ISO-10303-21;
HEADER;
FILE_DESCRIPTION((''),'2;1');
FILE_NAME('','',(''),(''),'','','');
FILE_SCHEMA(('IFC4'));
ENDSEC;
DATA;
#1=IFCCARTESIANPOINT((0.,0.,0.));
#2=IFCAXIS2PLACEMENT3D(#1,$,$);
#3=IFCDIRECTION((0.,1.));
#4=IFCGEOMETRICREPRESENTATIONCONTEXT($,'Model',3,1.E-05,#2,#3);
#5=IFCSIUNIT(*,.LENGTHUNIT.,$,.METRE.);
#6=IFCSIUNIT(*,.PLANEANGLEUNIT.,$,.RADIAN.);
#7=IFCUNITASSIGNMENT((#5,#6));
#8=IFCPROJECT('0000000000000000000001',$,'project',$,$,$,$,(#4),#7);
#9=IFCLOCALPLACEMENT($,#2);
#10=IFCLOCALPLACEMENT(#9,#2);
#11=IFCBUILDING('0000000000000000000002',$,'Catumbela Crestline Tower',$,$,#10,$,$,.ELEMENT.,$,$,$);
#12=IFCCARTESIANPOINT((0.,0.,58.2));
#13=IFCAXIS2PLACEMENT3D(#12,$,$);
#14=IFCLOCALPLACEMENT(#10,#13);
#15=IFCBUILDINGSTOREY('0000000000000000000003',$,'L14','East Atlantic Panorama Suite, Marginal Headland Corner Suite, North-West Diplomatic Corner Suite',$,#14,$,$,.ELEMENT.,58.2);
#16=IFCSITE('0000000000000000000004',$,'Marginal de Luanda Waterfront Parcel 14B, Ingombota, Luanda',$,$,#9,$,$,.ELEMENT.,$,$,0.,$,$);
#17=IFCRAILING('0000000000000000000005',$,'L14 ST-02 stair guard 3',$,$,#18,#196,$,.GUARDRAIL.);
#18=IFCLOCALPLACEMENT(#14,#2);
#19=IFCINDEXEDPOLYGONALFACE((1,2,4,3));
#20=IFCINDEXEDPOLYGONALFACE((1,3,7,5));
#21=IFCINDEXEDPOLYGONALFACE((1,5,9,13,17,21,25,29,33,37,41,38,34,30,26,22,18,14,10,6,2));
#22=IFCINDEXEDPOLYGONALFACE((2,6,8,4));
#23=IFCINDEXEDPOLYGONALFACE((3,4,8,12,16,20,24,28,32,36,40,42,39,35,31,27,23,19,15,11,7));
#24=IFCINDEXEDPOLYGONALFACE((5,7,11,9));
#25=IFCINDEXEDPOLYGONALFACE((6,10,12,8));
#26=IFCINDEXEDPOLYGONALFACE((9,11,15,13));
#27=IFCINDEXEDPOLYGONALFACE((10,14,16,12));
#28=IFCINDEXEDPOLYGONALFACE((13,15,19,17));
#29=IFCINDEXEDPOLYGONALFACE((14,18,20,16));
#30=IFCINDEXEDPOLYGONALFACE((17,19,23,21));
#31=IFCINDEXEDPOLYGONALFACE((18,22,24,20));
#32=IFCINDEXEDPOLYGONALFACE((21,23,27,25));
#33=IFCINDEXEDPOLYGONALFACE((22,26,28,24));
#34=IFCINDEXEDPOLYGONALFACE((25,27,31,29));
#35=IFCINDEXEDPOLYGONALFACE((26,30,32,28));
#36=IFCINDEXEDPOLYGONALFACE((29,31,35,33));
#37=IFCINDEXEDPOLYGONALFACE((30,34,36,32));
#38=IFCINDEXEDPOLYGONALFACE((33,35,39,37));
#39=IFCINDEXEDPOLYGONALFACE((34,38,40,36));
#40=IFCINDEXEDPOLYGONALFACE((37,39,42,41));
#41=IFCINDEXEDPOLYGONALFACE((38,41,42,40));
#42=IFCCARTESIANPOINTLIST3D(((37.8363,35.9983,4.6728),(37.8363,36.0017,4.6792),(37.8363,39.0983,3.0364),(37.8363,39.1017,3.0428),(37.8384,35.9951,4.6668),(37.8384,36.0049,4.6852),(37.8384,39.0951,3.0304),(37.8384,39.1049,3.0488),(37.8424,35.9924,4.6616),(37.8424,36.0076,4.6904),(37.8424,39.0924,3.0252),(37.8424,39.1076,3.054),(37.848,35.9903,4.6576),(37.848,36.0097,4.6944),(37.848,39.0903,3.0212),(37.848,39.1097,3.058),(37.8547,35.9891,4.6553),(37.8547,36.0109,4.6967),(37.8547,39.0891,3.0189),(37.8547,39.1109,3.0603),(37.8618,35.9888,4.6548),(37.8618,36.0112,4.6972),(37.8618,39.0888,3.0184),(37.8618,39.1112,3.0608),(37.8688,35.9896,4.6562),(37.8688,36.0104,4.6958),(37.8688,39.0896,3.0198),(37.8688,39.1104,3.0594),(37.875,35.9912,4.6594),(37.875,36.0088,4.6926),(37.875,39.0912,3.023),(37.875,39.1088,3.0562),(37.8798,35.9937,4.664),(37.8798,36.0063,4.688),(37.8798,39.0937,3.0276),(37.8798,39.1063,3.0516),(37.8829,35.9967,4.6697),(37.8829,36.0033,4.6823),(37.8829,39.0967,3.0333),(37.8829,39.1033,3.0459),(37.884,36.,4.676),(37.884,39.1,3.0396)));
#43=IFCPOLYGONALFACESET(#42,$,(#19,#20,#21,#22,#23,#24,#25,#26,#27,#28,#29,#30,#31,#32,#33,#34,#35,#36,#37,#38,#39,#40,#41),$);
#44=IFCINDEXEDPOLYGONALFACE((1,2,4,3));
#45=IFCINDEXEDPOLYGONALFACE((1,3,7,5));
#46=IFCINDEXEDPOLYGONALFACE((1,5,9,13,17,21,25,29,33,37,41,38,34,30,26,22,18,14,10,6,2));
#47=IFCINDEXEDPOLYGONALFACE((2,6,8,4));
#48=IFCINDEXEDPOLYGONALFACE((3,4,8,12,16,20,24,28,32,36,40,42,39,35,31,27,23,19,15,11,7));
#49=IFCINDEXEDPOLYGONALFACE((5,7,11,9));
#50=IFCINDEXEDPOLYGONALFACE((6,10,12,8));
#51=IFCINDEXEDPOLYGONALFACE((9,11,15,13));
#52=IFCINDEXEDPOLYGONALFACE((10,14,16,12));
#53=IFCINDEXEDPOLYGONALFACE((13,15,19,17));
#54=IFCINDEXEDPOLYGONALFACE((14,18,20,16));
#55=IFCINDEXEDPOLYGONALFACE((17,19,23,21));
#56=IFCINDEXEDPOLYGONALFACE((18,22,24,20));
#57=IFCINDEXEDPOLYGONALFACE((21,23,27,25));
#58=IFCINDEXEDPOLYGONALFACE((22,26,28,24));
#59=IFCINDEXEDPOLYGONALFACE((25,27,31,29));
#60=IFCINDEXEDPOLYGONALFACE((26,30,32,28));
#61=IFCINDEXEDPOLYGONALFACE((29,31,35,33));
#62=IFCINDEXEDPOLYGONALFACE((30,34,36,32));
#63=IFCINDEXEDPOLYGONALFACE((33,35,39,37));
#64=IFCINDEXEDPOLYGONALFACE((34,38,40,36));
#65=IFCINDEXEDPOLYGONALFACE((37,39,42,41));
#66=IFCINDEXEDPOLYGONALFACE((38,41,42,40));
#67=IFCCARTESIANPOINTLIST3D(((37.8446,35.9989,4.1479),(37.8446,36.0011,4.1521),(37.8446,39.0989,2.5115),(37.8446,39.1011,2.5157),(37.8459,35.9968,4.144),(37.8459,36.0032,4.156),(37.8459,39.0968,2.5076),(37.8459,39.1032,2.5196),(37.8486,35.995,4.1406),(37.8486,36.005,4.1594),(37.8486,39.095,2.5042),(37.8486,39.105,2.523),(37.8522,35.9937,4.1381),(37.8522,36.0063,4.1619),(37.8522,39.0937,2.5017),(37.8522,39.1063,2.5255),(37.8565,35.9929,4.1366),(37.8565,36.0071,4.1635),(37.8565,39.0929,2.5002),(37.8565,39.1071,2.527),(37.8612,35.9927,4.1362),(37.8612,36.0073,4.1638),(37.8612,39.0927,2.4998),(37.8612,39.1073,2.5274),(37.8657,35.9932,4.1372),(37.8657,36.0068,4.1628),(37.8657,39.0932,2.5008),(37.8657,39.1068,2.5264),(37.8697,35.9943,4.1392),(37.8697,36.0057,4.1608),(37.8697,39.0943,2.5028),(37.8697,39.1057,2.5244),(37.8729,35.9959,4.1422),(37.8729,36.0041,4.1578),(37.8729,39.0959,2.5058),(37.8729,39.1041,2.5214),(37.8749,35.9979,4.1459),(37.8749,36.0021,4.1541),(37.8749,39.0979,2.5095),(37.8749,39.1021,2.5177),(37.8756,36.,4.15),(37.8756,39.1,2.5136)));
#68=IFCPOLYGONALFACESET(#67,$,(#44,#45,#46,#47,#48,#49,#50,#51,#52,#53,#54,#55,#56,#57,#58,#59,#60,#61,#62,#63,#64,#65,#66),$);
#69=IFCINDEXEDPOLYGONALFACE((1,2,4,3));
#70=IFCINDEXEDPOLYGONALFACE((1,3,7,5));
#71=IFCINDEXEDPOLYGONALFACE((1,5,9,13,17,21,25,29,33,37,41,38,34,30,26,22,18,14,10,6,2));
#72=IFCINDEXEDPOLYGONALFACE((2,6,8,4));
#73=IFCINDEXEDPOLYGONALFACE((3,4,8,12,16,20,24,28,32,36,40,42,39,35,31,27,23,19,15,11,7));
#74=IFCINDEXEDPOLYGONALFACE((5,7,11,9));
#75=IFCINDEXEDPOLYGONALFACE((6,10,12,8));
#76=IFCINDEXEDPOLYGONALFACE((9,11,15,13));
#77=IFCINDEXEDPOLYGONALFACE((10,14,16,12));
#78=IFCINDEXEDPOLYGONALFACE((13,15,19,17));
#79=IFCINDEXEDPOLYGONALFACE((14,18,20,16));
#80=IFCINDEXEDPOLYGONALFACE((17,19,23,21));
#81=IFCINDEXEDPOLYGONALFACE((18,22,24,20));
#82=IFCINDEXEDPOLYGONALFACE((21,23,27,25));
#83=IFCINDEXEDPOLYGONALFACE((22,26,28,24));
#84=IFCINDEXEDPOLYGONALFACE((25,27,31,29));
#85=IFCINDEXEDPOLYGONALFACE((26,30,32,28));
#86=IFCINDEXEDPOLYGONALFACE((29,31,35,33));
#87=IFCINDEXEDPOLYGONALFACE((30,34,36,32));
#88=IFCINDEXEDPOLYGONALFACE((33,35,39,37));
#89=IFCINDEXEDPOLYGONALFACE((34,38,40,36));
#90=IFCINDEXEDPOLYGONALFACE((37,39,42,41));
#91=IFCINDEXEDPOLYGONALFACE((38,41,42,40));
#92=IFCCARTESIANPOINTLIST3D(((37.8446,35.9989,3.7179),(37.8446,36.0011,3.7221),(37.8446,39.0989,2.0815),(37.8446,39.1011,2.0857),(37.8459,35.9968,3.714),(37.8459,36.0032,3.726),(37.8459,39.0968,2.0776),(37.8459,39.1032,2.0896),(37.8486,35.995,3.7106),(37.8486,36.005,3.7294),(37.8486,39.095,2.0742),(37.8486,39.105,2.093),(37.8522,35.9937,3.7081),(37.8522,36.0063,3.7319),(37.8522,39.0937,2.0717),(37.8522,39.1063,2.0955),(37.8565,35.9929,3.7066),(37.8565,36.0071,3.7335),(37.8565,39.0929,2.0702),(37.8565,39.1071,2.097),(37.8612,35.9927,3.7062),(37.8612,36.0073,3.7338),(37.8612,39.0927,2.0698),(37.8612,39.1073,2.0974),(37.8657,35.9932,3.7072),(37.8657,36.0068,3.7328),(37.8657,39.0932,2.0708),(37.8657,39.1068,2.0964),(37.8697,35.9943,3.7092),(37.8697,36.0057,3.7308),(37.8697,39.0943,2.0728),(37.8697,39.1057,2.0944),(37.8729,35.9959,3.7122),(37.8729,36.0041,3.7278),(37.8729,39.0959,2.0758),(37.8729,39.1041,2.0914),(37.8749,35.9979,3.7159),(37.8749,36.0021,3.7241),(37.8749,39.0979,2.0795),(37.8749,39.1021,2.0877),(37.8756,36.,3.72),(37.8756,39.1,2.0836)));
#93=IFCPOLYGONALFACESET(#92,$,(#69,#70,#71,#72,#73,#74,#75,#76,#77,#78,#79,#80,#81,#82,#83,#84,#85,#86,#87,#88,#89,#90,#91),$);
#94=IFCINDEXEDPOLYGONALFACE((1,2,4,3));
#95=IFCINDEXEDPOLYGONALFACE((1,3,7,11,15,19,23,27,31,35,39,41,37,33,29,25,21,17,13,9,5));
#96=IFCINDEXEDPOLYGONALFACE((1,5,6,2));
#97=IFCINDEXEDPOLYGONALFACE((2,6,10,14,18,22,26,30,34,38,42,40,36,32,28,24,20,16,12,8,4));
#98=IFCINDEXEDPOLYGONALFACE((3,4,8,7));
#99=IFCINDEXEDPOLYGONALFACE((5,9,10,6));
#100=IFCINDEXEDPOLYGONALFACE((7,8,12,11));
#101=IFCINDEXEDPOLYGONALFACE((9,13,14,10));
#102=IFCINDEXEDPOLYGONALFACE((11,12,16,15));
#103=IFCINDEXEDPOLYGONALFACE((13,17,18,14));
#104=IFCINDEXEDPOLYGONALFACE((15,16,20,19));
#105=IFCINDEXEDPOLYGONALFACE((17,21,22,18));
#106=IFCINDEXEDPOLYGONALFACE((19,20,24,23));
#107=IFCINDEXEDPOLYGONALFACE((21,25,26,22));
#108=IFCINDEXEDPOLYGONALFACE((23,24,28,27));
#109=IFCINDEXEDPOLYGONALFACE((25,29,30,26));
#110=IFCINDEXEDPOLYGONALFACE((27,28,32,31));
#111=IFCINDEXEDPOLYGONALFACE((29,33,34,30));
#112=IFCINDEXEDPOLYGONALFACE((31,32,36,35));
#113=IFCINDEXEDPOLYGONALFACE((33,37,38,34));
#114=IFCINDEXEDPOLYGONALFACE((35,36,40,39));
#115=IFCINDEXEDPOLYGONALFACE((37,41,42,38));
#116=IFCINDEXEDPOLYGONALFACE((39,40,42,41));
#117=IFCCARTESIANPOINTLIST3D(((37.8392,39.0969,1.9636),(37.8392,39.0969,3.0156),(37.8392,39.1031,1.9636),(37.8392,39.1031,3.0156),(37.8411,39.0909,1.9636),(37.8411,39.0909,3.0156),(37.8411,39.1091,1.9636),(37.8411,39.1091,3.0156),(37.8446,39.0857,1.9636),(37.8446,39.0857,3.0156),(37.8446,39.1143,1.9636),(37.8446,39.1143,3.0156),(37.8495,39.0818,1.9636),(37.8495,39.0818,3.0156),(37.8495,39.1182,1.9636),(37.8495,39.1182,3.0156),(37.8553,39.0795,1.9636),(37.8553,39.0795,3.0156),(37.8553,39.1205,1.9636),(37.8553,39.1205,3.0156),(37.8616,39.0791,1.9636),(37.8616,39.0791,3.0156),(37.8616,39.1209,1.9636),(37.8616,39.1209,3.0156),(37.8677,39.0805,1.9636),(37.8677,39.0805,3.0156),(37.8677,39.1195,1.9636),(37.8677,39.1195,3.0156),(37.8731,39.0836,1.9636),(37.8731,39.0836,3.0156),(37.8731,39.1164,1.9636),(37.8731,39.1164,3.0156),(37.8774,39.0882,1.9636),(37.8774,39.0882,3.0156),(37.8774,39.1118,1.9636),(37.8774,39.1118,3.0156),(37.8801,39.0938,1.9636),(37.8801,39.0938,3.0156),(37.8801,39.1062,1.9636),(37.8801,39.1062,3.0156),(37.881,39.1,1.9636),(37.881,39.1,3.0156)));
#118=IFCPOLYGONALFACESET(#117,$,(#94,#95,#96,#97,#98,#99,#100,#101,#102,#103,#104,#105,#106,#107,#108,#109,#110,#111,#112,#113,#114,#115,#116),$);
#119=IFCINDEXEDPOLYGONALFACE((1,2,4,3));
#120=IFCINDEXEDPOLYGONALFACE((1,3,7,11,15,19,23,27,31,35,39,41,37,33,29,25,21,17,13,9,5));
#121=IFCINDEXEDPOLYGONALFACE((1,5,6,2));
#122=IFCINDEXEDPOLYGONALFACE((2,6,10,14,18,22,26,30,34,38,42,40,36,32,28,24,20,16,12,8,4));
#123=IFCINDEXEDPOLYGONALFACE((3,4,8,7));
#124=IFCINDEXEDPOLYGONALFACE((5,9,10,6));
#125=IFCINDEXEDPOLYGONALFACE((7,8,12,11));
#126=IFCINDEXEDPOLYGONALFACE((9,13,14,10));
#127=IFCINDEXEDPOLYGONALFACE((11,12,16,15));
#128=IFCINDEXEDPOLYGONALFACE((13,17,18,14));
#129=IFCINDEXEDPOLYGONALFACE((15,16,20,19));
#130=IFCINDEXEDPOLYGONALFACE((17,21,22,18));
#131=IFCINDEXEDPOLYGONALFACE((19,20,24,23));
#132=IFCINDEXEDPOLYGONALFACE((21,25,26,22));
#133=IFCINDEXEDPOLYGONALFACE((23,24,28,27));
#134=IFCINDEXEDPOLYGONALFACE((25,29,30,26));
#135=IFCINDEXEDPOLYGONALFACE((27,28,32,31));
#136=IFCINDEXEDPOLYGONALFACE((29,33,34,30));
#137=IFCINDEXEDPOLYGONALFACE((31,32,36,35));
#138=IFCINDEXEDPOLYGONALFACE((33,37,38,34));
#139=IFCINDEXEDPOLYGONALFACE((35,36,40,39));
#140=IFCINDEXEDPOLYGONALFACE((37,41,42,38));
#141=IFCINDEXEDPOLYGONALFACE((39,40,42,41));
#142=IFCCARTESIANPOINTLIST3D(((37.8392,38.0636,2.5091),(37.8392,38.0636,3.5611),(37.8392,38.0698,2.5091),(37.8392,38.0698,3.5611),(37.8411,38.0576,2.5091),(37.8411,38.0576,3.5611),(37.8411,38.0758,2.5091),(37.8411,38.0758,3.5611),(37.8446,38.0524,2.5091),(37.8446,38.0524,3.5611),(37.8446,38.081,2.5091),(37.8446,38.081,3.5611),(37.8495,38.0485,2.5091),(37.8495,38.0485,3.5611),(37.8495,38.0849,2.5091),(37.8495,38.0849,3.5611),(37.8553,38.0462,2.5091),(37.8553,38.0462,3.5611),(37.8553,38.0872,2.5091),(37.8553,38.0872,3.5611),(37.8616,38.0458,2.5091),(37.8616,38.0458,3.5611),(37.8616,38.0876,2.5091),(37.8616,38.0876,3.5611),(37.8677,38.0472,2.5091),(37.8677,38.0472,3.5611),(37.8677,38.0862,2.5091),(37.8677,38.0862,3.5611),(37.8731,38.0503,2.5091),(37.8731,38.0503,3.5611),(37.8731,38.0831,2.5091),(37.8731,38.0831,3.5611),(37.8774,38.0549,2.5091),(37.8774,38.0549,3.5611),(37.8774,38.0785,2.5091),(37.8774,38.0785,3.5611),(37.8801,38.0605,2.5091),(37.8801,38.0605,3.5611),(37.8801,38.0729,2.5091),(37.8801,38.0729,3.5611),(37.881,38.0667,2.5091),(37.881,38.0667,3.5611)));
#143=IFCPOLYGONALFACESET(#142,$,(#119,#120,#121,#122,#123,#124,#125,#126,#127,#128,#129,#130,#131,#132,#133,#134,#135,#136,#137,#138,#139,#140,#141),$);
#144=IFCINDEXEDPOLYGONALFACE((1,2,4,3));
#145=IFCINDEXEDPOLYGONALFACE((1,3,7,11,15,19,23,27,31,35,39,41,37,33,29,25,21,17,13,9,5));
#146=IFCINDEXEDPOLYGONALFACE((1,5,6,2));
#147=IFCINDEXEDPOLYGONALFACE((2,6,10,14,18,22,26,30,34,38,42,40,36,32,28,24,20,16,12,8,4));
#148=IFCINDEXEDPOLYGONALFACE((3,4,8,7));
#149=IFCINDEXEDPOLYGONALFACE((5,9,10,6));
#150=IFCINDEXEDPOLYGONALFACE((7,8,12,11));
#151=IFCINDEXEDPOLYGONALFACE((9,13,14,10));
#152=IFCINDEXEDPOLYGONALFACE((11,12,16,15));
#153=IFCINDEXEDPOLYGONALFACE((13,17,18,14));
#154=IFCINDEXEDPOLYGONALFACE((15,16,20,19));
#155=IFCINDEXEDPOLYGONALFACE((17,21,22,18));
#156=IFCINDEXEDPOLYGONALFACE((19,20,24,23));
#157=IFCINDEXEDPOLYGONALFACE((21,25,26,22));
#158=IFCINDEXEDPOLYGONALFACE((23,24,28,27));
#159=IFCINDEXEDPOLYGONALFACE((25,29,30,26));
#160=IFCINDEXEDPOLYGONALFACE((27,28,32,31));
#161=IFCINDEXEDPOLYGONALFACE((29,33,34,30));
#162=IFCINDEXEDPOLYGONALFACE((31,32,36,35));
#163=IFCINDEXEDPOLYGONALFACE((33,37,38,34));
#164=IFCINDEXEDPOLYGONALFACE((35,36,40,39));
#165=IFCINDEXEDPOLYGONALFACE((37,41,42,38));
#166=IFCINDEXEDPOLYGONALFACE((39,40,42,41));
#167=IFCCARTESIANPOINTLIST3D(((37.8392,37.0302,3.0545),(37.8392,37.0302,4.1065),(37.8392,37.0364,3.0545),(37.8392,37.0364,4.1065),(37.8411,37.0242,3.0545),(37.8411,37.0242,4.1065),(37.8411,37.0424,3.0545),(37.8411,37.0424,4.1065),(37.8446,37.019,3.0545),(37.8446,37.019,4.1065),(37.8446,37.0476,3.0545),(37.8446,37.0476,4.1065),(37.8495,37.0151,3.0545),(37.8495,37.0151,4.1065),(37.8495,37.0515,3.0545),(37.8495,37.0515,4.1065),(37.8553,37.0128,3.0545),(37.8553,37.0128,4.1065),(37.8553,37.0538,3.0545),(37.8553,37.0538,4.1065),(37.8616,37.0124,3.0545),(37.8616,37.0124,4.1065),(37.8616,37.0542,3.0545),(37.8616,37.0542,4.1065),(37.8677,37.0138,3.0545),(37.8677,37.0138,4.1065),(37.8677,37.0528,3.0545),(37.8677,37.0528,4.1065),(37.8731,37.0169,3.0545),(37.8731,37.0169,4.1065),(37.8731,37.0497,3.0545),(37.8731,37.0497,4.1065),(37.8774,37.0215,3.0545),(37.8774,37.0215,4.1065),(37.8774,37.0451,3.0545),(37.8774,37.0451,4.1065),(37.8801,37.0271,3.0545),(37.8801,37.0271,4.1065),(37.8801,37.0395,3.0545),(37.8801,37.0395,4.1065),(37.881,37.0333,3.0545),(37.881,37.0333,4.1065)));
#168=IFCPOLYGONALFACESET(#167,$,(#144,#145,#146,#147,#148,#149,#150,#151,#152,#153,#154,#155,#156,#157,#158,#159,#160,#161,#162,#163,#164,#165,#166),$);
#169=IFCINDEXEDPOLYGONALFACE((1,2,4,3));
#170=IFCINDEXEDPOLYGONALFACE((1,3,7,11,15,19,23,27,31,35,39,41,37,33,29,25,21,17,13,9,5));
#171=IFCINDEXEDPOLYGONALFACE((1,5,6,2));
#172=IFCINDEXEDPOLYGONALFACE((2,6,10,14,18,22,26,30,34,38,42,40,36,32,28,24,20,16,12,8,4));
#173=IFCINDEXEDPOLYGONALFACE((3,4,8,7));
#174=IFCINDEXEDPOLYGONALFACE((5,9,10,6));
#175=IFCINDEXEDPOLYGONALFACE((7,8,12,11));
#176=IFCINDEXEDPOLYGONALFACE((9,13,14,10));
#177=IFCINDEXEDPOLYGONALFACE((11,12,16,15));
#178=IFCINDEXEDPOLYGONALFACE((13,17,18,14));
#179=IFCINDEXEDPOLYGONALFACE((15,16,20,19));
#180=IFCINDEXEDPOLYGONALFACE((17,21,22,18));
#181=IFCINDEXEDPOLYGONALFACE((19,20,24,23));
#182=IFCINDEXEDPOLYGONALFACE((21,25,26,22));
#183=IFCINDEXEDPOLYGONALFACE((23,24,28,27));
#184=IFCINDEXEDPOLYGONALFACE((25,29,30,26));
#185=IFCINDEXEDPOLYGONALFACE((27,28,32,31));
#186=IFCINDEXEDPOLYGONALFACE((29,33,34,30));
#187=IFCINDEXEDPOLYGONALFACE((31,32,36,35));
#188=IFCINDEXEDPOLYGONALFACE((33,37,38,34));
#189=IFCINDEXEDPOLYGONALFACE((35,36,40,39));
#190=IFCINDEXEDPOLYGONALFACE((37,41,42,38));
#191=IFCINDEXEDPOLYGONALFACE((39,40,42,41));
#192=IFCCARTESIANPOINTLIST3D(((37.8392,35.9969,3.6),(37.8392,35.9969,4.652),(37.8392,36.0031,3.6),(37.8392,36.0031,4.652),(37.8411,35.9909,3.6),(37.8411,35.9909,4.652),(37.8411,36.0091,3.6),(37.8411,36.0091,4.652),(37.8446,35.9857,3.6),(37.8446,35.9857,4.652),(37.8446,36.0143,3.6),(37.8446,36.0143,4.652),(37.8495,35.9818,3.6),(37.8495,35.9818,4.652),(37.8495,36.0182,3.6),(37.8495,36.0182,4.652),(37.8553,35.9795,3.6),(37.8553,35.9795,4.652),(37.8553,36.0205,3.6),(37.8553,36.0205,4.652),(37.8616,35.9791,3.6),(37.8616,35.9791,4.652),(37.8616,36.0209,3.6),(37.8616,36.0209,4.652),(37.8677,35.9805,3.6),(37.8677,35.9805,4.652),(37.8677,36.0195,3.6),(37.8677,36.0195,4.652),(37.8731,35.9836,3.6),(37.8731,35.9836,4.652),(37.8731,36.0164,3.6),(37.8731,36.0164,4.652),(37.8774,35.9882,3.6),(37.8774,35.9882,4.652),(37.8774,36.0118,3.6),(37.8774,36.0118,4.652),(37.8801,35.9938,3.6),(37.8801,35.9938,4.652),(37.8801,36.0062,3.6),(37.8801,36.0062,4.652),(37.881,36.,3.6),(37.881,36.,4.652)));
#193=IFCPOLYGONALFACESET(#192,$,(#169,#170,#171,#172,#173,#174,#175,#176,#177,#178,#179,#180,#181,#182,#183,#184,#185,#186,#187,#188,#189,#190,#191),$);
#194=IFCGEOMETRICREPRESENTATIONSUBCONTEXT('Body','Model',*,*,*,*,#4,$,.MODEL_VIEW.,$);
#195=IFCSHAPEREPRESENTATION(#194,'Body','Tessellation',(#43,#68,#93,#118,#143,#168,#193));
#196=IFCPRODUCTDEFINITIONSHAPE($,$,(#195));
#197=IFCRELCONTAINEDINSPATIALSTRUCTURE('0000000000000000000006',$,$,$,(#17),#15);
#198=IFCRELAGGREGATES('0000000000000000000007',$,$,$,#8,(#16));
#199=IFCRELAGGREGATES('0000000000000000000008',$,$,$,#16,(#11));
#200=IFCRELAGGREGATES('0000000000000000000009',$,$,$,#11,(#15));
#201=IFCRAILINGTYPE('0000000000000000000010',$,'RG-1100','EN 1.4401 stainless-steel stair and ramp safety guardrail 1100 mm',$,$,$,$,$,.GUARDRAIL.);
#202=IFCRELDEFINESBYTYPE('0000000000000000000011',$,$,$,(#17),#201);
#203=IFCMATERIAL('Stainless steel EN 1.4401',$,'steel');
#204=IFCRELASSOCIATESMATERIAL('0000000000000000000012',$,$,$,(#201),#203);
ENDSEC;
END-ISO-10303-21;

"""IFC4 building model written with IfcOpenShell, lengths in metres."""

from ifc_helpers import new_model, si_unit, direction, frame, origin, origin_2d, place, context, subcontext, project, spatial, circle, extrude, material, type_object, element, save


model = new_model("IFC4")

# Units and contexts
model_context = context("Model", 3, precision=1e-05, world=origin(), true_north=direction((0.0, 1.0)))
body_context = subcontext(model_context, "Body", "Model", "MODEL_VIEW")
ifc_project = project(units=[si_unit("LENGTHUNIT", "METRE"), si_unit("PLANEANGLEUNIT", "RADIAN")], contexts=[model_context])

# Site, building, storey
site_placement = place(None, origin())
site = spatial("IfcSite", under=ifc_project, at=site_placement, Name="Marginal de Luanda Waterfront Parcel 14B, Ingombota, Luanda", CompositionType="ELEMENT", RefElevation=0.0)
building_placement = place(site_placement, origin())
building = spatial("IfcBuilding", under=site, at=building_placement, Name="Catumbela Crestline Tower", CompositionType="ELEMENT")
storey_placement = place(building_placement, frame((0.0, 0.0, 58.2)))
storey = spatial("IfcBuildingStorey", under=building, at=storey_placement, Name="L14", Description="East Atlantic Panorama Suite, Marginal Headland Corner Suite, North-West Diplomatic Corner Suite", CompositionType="ELEMENT", Elevation=58.2)

# Shared definitions
ifc_material_1 = material(Name="Stainless steel EN 1.4401", Category="steel")

# Railing
railing_type_1 = type_object("IfcRailingType", Name="RG-1100", Description="EN 1.4401 stainless-steel stair and ramp safety guardrail 1100 mm", PredefinedType="GUARDRAIL", material=ifc_material_1)
railing_1_placement = place(storey_placement, frame((37.86, 39.1, 1.9636)))
element("IfcRailing", 1, at=railing_1_placement, inside=storey, type_object=railing_type_1, Name="L14 ST-02 stair guard 3", PredefinedType="GUARDRAIL", context=body_context, shape_type="SweptSolid", body=[
    extrude(circle(Radius=0.024, at=origin_2d()), frame((0.0, 0.0, 1.076), z_axis=(0.0, -0.884351, 0.466823), x_axis=(1.0, 0.0, 0.0)), (0.0, 0.0, 1.0), 3.5054),
    extrude(circle(Radius=0.0156, at=origin_2d()), frame((0.0, 0.0, 0.55), z_axis=(0.0, -0.884351, 0.466823), x_axis=(1.0, 0.0, 0.0)), (0.0, 0.0, 1.0), 3.5054),
    extrude(circle(Radius=0.0156, at=origin_2d()), frame((0.0, 0.0, 0.12), z_axis=(0.0, -0.884351, 0.466823), x_axis=(1.0, 0.0, 0.0)), (0.0, 0.0, 1.0), 3.5054),
    extrude(circle(Radius=0.021, at=origin_2d()), origin(), (0.0, 0.0, 1.0), 1.052),
    extrude(circle(Radius=0.021, at=origin_2d()), frame((0.0, -1.0333, 0.5455)), (0.0, 0.0, 1.0), 1.052),
    extrude(circle(Radius=0.021, at=origin_2d()), frame((0.0, -2.0667, 1.0909)), (0.0, 0.0, 1.0), 1.052),
    extrude(circle(Radius=0.021, at=origin_2d()), frame((0.0, -3.1, 1.6364)), (0.0, 0.0, 1.0), 1.052),
])

save(model, "model.ifc")
